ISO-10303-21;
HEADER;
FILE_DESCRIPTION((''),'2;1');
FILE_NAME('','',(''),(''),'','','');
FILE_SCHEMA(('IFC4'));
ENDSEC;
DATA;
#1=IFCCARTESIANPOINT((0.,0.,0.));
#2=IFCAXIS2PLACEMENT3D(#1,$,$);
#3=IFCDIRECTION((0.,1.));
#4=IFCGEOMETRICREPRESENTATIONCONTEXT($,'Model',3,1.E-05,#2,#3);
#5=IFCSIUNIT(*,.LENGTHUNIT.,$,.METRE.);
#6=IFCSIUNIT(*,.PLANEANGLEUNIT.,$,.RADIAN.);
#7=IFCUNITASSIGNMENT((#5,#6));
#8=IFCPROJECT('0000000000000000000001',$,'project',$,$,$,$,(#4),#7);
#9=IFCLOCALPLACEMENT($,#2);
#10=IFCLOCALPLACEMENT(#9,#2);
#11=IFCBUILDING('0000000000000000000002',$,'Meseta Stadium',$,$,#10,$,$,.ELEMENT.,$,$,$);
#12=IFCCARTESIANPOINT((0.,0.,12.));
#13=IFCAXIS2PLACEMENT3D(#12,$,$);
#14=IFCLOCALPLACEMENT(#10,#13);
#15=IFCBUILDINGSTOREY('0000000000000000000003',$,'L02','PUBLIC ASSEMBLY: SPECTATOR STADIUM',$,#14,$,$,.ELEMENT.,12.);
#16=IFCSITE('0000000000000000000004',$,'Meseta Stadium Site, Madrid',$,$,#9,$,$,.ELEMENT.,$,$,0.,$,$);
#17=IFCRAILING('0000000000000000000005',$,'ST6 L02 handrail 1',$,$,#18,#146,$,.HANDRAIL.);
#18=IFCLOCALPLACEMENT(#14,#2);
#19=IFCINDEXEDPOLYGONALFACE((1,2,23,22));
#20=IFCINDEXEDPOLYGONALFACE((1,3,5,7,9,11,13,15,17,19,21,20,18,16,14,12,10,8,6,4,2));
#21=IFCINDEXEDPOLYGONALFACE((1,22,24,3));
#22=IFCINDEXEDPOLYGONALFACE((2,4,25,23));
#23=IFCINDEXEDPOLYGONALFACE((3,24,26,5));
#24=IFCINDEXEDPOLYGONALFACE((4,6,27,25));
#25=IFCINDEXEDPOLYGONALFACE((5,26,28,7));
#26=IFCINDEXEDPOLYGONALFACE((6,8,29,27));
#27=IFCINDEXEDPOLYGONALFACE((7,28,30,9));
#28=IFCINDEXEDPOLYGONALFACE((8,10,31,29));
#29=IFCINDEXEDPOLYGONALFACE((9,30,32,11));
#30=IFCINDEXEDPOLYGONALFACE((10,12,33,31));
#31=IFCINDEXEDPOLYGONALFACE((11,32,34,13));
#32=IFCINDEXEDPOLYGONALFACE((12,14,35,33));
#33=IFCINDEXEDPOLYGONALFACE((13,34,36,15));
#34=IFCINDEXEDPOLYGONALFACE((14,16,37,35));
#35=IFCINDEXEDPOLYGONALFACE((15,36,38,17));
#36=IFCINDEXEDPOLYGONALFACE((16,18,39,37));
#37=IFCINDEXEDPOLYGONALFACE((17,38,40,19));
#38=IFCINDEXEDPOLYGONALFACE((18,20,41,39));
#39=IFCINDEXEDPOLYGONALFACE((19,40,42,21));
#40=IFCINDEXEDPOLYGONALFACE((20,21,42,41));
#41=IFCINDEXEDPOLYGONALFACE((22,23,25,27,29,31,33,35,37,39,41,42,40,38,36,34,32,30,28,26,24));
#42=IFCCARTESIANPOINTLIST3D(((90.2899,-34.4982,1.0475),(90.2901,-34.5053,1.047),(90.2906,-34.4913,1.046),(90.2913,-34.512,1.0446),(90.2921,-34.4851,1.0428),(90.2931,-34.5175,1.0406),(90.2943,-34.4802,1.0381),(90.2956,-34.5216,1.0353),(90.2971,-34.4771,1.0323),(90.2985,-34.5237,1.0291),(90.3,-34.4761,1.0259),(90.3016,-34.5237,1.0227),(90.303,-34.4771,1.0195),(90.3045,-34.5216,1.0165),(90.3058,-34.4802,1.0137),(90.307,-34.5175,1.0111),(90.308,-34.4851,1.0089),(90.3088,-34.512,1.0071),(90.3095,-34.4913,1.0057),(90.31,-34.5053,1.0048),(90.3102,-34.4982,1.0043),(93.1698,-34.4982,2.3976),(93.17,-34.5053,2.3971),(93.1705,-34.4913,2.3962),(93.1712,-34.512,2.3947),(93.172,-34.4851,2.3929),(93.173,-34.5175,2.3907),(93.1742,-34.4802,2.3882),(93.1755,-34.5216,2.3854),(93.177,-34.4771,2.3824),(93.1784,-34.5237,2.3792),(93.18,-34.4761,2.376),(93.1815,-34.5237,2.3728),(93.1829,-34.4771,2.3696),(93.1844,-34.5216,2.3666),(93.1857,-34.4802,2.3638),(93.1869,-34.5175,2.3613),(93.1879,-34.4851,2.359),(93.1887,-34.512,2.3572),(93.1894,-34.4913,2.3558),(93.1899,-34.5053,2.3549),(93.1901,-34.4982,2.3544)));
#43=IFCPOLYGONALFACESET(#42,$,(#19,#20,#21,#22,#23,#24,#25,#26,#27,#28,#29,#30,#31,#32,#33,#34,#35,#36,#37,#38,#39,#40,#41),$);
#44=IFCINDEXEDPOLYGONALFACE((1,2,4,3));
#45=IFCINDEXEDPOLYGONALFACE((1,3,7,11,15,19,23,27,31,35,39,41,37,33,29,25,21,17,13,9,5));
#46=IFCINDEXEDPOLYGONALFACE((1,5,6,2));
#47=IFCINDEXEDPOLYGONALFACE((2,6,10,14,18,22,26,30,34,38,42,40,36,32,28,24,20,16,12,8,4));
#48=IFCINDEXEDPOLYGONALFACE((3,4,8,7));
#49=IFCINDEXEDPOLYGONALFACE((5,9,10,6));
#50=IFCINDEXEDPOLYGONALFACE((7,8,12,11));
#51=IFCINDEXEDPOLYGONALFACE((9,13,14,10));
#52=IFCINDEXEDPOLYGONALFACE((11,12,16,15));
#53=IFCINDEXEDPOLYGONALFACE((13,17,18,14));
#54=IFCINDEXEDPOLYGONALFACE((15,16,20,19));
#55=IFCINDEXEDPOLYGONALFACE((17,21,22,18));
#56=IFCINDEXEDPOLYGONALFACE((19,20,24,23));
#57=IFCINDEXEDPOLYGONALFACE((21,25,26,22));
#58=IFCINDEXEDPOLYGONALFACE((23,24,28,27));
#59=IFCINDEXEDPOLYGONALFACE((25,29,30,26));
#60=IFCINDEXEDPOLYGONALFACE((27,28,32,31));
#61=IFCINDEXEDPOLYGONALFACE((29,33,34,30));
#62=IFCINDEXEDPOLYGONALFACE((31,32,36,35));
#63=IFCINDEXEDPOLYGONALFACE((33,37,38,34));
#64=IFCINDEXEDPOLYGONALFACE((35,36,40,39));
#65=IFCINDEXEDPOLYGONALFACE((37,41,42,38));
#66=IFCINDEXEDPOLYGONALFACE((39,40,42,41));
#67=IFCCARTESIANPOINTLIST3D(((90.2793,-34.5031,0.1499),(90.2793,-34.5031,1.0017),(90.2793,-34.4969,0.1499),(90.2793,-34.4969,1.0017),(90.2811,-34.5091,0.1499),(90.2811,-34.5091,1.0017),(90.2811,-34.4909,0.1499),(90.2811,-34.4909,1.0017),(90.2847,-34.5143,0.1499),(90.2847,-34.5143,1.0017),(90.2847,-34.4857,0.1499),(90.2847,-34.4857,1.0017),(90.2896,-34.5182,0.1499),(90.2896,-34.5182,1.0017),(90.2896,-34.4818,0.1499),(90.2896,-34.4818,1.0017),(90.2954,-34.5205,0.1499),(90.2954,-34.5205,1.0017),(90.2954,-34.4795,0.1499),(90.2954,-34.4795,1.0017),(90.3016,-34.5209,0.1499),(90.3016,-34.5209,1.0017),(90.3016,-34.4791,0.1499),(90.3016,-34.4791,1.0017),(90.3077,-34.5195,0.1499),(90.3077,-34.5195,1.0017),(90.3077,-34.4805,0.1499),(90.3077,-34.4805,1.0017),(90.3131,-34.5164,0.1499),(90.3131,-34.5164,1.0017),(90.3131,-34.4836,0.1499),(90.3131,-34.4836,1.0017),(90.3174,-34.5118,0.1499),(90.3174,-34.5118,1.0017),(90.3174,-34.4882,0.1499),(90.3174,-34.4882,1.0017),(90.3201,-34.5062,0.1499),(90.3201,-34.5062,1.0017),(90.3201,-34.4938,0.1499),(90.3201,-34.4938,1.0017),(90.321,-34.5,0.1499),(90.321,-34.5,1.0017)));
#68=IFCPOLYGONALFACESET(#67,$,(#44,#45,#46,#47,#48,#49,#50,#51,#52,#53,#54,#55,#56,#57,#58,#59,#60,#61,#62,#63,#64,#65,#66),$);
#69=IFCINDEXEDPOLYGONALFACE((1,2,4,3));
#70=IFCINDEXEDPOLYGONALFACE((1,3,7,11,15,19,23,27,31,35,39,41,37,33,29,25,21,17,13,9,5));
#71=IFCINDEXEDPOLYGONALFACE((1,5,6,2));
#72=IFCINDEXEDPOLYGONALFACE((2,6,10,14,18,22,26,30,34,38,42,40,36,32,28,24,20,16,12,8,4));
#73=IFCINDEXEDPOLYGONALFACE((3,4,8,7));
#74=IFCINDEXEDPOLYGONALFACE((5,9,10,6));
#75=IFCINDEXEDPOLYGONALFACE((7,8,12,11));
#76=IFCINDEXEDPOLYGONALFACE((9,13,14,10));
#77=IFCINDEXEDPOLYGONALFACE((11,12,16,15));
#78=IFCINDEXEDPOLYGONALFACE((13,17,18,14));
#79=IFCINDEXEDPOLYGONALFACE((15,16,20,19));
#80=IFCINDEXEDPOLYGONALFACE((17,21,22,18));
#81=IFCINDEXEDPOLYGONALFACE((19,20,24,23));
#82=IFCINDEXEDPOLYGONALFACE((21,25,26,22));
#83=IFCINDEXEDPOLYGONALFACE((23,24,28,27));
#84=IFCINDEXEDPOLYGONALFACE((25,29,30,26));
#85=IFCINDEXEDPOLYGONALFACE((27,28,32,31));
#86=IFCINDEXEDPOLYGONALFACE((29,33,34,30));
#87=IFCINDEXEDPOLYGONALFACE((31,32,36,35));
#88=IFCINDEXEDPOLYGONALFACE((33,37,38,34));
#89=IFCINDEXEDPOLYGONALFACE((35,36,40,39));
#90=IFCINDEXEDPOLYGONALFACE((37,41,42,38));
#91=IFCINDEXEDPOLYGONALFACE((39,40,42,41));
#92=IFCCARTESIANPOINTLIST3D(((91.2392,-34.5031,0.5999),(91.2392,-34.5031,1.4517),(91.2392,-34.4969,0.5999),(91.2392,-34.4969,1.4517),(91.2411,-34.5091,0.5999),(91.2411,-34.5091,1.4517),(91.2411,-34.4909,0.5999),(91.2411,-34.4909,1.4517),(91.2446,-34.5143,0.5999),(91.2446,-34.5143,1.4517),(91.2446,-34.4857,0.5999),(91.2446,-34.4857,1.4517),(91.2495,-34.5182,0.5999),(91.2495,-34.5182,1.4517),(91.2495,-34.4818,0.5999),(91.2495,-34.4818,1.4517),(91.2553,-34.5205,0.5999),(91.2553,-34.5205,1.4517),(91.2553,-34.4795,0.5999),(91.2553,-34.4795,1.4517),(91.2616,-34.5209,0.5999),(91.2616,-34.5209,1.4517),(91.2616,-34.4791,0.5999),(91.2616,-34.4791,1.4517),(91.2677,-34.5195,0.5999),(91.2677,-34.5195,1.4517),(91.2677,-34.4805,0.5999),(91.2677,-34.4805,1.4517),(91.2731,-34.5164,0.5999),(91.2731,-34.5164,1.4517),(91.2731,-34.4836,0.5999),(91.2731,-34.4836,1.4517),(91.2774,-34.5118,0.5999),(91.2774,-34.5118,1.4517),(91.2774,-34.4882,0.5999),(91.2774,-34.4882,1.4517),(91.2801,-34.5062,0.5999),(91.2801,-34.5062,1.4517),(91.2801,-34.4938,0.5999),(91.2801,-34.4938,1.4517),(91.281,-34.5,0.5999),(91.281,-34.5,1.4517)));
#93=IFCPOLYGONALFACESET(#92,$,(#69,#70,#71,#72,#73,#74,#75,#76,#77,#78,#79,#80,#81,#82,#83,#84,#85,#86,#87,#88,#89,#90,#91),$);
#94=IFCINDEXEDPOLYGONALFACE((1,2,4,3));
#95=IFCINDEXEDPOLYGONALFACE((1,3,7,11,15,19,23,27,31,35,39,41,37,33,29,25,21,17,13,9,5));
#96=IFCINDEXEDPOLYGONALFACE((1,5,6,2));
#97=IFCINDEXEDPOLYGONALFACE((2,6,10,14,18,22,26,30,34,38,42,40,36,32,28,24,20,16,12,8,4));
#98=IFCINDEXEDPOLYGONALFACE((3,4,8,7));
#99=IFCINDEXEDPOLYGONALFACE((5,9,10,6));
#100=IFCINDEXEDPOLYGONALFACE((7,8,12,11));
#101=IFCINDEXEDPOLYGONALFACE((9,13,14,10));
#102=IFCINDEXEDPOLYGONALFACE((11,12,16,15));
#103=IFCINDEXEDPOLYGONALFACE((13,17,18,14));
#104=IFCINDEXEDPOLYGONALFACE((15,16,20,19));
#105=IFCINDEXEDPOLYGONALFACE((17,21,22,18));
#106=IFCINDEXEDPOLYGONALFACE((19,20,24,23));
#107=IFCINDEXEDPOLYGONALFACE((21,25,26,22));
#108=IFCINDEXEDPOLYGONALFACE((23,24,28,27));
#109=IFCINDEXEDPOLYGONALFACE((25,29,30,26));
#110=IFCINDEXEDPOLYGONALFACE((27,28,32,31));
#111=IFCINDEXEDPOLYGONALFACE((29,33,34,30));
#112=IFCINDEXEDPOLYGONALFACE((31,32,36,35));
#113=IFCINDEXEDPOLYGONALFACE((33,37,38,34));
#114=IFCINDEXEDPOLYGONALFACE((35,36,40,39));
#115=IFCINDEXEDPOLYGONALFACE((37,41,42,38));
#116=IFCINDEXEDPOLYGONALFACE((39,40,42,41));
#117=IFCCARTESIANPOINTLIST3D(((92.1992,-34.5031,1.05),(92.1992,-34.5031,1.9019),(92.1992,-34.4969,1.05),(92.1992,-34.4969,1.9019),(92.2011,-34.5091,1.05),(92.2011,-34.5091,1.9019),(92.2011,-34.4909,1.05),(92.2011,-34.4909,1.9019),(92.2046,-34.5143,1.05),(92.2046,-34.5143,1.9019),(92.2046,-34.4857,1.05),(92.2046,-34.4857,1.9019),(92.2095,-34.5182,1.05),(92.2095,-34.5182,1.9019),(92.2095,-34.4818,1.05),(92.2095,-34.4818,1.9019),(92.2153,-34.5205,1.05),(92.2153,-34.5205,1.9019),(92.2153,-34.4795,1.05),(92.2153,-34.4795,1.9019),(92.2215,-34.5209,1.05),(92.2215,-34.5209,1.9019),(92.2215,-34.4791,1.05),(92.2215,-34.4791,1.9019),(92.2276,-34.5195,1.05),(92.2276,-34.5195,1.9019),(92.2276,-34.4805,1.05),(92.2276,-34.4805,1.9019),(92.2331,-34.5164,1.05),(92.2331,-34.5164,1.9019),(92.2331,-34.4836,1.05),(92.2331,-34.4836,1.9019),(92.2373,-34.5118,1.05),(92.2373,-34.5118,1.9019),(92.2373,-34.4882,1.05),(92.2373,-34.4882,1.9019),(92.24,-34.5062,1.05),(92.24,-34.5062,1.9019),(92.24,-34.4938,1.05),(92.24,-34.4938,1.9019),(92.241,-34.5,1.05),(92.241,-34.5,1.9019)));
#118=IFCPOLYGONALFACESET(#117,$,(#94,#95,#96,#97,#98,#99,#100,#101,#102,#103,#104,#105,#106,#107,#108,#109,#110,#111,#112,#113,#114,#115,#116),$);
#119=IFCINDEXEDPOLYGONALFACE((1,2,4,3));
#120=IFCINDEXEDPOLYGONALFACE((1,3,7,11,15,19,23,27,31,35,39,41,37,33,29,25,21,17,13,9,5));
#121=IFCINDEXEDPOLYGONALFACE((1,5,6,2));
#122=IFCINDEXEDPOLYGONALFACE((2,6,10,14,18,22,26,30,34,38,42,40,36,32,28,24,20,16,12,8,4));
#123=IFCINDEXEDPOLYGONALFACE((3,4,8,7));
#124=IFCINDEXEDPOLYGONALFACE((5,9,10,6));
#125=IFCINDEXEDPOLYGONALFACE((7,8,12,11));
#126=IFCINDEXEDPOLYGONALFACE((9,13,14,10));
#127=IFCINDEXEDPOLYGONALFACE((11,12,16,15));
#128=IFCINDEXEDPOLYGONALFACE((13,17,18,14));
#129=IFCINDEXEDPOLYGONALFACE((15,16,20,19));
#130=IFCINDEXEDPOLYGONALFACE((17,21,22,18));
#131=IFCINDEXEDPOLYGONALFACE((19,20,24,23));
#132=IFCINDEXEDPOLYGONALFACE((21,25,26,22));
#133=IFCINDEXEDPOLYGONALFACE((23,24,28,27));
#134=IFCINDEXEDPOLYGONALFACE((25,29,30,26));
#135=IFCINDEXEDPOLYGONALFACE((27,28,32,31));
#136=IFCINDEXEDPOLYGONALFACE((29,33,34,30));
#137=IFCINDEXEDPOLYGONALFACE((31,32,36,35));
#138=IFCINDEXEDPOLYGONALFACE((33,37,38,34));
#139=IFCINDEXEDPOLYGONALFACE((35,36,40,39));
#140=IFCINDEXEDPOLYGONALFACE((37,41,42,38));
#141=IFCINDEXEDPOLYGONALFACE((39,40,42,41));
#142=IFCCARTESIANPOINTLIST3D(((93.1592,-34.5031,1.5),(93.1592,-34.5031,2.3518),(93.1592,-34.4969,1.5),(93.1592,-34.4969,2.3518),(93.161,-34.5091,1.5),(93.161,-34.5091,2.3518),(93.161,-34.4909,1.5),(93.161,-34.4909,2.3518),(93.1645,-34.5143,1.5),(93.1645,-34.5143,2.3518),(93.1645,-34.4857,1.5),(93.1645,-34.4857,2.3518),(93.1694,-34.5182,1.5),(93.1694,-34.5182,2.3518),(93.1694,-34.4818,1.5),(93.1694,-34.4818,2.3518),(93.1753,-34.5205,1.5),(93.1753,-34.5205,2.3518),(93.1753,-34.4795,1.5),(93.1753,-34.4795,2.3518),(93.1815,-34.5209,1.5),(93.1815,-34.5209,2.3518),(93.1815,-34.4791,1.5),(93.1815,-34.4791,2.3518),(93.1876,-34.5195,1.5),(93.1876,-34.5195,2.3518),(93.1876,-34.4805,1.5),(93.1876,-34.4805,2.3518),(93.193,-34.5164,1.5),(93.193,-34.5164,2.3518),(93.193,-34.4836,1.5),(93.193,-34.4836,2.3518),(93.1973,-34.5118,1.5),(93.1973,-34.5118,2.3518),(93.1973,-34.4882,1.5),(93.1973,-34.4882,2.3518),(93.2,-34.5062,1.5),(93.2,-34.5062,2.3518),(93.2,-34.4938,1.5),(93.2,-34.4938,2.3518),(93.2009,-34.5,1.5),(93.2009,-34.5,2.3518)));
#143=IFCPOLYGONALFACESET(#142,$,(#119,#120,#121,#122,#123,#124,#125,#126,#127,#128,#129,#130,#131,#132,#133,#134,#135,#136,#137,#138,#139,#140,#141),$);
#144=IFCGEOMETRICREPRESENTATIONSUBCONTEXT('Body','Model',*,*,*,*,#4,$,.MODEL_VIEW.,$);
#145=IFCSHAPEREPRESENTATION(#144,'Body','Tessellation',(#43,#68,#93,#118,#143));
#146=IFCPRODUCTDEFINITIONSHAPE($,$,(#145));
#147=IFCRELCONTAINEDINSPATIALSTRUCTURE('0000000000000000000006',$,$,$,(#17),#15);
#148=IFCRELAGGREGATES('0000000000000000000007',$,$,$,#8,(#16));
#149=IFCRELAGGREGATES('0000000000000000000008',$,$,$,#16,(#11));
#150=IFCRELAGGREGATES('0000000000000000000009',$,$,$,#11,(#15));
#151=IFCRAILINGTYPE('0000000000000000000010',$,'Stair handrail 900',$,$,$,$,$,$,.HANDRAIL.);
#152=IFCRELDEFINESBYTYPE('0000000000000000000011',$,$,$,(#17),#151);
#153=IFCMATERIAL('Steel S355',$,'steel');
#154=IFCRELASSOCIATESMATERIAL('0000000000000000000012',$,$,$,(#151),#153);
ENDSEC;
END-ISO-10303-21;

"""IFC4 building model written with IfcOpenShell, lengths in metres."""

from ifc_helpers import new_model, si_unit, direction, frame, origin, origin_2d, place, context, subcontext, project, spatial, circle, extrude, material, type_object, element, save


model = new_model("IFC4")

# Units and contexts
model_context = context("Model", 3, precision=1e-05, world=origin(), true_north=direction((0.0, 1.0)))
body_context = subcontext(model_context, "Body", "Model", "MODEL_VIEW")
ifc_project = project(units=[si_unit("LENGTHUNIT", "METRE"), si_unit("PLANEANGLEUNIT", "RADIAN")], contexts=[model_context])

# Site, building, storey
site_placement = place(None, origin())
site = spatial("IfcSite", under=ifc_project, at=site_placement, Name="Meseta Stadium Site, Madrid", CompositionType="ELEMENT", RefElevation=0.0)
building_placement = place(site_placement, origin())
building = spatial("IfcBuilding", under=site, at=building_placement, Name="Meseta Stadium", CompositionType="ELEMENT")
storey_placement = place(building_placement, frame((0.0, 0.0, 12.0)))
storey = spatial("IfcBuildingStorey", under=building, at=storey_placement, Name="L02", Description="PUBLIC ASSEMBLY: SPECTATOR STADIUM", CompositionType="ELEMENT", Elevation=12.0)

# Railing
ifc_material_1 = material(Name="Steel S355", Category="steel")
railing_type_1 = type_object("IfcRailingType", Name="Stair handrail 900", PredefinedType="HANDRAIL", material=ifc_material_1)
for number, where, name in (
    (1, (90.3, -34.5, 0.1499), "ST6 L02 handrail 1"),
):
    element("IfcRailing", number, at=place(storey_placement, frame(where)), inside=storey, type_object=railing_type_1, Name=name, PredefinedType="HANDRAIL", context=body_context, shape_type="SweptSolid", body=[
        extrude(circle(Radius=0.0239, at=origin_2d()), frame((0.0, 0.0, 0.876), z_axis=(0.90544, 0.0, 0.424473), x_axis=(0.0, 1.0, 0.0)), (0.0, 0.0, 1.0), 3.1807),
        extrude(circle(Radius=0.021, at=origin_2d()), origin(), (0.0, 0.0, 1.0), 0.8518),
        extrude(circle(Radius=0.021, at=origin_2d()), frame((0.96, 0.0, 0.45)), (0.0, 0.0, 1.0), 0.8518),
        extrude(circle(Radius=0.021, at=origin_2d()), frame((1.9199, 0.0, 0.9001)), (0.0, 0.0, 1.0), 0.8518),
        extrude(circle(Radius=0.021, at=origin_2d()), frame((2.8799, 0.0, 1.3501)), (0.0, 0.0, 1.0), 0.8518),
    ])

save(model, "model.ifc")
